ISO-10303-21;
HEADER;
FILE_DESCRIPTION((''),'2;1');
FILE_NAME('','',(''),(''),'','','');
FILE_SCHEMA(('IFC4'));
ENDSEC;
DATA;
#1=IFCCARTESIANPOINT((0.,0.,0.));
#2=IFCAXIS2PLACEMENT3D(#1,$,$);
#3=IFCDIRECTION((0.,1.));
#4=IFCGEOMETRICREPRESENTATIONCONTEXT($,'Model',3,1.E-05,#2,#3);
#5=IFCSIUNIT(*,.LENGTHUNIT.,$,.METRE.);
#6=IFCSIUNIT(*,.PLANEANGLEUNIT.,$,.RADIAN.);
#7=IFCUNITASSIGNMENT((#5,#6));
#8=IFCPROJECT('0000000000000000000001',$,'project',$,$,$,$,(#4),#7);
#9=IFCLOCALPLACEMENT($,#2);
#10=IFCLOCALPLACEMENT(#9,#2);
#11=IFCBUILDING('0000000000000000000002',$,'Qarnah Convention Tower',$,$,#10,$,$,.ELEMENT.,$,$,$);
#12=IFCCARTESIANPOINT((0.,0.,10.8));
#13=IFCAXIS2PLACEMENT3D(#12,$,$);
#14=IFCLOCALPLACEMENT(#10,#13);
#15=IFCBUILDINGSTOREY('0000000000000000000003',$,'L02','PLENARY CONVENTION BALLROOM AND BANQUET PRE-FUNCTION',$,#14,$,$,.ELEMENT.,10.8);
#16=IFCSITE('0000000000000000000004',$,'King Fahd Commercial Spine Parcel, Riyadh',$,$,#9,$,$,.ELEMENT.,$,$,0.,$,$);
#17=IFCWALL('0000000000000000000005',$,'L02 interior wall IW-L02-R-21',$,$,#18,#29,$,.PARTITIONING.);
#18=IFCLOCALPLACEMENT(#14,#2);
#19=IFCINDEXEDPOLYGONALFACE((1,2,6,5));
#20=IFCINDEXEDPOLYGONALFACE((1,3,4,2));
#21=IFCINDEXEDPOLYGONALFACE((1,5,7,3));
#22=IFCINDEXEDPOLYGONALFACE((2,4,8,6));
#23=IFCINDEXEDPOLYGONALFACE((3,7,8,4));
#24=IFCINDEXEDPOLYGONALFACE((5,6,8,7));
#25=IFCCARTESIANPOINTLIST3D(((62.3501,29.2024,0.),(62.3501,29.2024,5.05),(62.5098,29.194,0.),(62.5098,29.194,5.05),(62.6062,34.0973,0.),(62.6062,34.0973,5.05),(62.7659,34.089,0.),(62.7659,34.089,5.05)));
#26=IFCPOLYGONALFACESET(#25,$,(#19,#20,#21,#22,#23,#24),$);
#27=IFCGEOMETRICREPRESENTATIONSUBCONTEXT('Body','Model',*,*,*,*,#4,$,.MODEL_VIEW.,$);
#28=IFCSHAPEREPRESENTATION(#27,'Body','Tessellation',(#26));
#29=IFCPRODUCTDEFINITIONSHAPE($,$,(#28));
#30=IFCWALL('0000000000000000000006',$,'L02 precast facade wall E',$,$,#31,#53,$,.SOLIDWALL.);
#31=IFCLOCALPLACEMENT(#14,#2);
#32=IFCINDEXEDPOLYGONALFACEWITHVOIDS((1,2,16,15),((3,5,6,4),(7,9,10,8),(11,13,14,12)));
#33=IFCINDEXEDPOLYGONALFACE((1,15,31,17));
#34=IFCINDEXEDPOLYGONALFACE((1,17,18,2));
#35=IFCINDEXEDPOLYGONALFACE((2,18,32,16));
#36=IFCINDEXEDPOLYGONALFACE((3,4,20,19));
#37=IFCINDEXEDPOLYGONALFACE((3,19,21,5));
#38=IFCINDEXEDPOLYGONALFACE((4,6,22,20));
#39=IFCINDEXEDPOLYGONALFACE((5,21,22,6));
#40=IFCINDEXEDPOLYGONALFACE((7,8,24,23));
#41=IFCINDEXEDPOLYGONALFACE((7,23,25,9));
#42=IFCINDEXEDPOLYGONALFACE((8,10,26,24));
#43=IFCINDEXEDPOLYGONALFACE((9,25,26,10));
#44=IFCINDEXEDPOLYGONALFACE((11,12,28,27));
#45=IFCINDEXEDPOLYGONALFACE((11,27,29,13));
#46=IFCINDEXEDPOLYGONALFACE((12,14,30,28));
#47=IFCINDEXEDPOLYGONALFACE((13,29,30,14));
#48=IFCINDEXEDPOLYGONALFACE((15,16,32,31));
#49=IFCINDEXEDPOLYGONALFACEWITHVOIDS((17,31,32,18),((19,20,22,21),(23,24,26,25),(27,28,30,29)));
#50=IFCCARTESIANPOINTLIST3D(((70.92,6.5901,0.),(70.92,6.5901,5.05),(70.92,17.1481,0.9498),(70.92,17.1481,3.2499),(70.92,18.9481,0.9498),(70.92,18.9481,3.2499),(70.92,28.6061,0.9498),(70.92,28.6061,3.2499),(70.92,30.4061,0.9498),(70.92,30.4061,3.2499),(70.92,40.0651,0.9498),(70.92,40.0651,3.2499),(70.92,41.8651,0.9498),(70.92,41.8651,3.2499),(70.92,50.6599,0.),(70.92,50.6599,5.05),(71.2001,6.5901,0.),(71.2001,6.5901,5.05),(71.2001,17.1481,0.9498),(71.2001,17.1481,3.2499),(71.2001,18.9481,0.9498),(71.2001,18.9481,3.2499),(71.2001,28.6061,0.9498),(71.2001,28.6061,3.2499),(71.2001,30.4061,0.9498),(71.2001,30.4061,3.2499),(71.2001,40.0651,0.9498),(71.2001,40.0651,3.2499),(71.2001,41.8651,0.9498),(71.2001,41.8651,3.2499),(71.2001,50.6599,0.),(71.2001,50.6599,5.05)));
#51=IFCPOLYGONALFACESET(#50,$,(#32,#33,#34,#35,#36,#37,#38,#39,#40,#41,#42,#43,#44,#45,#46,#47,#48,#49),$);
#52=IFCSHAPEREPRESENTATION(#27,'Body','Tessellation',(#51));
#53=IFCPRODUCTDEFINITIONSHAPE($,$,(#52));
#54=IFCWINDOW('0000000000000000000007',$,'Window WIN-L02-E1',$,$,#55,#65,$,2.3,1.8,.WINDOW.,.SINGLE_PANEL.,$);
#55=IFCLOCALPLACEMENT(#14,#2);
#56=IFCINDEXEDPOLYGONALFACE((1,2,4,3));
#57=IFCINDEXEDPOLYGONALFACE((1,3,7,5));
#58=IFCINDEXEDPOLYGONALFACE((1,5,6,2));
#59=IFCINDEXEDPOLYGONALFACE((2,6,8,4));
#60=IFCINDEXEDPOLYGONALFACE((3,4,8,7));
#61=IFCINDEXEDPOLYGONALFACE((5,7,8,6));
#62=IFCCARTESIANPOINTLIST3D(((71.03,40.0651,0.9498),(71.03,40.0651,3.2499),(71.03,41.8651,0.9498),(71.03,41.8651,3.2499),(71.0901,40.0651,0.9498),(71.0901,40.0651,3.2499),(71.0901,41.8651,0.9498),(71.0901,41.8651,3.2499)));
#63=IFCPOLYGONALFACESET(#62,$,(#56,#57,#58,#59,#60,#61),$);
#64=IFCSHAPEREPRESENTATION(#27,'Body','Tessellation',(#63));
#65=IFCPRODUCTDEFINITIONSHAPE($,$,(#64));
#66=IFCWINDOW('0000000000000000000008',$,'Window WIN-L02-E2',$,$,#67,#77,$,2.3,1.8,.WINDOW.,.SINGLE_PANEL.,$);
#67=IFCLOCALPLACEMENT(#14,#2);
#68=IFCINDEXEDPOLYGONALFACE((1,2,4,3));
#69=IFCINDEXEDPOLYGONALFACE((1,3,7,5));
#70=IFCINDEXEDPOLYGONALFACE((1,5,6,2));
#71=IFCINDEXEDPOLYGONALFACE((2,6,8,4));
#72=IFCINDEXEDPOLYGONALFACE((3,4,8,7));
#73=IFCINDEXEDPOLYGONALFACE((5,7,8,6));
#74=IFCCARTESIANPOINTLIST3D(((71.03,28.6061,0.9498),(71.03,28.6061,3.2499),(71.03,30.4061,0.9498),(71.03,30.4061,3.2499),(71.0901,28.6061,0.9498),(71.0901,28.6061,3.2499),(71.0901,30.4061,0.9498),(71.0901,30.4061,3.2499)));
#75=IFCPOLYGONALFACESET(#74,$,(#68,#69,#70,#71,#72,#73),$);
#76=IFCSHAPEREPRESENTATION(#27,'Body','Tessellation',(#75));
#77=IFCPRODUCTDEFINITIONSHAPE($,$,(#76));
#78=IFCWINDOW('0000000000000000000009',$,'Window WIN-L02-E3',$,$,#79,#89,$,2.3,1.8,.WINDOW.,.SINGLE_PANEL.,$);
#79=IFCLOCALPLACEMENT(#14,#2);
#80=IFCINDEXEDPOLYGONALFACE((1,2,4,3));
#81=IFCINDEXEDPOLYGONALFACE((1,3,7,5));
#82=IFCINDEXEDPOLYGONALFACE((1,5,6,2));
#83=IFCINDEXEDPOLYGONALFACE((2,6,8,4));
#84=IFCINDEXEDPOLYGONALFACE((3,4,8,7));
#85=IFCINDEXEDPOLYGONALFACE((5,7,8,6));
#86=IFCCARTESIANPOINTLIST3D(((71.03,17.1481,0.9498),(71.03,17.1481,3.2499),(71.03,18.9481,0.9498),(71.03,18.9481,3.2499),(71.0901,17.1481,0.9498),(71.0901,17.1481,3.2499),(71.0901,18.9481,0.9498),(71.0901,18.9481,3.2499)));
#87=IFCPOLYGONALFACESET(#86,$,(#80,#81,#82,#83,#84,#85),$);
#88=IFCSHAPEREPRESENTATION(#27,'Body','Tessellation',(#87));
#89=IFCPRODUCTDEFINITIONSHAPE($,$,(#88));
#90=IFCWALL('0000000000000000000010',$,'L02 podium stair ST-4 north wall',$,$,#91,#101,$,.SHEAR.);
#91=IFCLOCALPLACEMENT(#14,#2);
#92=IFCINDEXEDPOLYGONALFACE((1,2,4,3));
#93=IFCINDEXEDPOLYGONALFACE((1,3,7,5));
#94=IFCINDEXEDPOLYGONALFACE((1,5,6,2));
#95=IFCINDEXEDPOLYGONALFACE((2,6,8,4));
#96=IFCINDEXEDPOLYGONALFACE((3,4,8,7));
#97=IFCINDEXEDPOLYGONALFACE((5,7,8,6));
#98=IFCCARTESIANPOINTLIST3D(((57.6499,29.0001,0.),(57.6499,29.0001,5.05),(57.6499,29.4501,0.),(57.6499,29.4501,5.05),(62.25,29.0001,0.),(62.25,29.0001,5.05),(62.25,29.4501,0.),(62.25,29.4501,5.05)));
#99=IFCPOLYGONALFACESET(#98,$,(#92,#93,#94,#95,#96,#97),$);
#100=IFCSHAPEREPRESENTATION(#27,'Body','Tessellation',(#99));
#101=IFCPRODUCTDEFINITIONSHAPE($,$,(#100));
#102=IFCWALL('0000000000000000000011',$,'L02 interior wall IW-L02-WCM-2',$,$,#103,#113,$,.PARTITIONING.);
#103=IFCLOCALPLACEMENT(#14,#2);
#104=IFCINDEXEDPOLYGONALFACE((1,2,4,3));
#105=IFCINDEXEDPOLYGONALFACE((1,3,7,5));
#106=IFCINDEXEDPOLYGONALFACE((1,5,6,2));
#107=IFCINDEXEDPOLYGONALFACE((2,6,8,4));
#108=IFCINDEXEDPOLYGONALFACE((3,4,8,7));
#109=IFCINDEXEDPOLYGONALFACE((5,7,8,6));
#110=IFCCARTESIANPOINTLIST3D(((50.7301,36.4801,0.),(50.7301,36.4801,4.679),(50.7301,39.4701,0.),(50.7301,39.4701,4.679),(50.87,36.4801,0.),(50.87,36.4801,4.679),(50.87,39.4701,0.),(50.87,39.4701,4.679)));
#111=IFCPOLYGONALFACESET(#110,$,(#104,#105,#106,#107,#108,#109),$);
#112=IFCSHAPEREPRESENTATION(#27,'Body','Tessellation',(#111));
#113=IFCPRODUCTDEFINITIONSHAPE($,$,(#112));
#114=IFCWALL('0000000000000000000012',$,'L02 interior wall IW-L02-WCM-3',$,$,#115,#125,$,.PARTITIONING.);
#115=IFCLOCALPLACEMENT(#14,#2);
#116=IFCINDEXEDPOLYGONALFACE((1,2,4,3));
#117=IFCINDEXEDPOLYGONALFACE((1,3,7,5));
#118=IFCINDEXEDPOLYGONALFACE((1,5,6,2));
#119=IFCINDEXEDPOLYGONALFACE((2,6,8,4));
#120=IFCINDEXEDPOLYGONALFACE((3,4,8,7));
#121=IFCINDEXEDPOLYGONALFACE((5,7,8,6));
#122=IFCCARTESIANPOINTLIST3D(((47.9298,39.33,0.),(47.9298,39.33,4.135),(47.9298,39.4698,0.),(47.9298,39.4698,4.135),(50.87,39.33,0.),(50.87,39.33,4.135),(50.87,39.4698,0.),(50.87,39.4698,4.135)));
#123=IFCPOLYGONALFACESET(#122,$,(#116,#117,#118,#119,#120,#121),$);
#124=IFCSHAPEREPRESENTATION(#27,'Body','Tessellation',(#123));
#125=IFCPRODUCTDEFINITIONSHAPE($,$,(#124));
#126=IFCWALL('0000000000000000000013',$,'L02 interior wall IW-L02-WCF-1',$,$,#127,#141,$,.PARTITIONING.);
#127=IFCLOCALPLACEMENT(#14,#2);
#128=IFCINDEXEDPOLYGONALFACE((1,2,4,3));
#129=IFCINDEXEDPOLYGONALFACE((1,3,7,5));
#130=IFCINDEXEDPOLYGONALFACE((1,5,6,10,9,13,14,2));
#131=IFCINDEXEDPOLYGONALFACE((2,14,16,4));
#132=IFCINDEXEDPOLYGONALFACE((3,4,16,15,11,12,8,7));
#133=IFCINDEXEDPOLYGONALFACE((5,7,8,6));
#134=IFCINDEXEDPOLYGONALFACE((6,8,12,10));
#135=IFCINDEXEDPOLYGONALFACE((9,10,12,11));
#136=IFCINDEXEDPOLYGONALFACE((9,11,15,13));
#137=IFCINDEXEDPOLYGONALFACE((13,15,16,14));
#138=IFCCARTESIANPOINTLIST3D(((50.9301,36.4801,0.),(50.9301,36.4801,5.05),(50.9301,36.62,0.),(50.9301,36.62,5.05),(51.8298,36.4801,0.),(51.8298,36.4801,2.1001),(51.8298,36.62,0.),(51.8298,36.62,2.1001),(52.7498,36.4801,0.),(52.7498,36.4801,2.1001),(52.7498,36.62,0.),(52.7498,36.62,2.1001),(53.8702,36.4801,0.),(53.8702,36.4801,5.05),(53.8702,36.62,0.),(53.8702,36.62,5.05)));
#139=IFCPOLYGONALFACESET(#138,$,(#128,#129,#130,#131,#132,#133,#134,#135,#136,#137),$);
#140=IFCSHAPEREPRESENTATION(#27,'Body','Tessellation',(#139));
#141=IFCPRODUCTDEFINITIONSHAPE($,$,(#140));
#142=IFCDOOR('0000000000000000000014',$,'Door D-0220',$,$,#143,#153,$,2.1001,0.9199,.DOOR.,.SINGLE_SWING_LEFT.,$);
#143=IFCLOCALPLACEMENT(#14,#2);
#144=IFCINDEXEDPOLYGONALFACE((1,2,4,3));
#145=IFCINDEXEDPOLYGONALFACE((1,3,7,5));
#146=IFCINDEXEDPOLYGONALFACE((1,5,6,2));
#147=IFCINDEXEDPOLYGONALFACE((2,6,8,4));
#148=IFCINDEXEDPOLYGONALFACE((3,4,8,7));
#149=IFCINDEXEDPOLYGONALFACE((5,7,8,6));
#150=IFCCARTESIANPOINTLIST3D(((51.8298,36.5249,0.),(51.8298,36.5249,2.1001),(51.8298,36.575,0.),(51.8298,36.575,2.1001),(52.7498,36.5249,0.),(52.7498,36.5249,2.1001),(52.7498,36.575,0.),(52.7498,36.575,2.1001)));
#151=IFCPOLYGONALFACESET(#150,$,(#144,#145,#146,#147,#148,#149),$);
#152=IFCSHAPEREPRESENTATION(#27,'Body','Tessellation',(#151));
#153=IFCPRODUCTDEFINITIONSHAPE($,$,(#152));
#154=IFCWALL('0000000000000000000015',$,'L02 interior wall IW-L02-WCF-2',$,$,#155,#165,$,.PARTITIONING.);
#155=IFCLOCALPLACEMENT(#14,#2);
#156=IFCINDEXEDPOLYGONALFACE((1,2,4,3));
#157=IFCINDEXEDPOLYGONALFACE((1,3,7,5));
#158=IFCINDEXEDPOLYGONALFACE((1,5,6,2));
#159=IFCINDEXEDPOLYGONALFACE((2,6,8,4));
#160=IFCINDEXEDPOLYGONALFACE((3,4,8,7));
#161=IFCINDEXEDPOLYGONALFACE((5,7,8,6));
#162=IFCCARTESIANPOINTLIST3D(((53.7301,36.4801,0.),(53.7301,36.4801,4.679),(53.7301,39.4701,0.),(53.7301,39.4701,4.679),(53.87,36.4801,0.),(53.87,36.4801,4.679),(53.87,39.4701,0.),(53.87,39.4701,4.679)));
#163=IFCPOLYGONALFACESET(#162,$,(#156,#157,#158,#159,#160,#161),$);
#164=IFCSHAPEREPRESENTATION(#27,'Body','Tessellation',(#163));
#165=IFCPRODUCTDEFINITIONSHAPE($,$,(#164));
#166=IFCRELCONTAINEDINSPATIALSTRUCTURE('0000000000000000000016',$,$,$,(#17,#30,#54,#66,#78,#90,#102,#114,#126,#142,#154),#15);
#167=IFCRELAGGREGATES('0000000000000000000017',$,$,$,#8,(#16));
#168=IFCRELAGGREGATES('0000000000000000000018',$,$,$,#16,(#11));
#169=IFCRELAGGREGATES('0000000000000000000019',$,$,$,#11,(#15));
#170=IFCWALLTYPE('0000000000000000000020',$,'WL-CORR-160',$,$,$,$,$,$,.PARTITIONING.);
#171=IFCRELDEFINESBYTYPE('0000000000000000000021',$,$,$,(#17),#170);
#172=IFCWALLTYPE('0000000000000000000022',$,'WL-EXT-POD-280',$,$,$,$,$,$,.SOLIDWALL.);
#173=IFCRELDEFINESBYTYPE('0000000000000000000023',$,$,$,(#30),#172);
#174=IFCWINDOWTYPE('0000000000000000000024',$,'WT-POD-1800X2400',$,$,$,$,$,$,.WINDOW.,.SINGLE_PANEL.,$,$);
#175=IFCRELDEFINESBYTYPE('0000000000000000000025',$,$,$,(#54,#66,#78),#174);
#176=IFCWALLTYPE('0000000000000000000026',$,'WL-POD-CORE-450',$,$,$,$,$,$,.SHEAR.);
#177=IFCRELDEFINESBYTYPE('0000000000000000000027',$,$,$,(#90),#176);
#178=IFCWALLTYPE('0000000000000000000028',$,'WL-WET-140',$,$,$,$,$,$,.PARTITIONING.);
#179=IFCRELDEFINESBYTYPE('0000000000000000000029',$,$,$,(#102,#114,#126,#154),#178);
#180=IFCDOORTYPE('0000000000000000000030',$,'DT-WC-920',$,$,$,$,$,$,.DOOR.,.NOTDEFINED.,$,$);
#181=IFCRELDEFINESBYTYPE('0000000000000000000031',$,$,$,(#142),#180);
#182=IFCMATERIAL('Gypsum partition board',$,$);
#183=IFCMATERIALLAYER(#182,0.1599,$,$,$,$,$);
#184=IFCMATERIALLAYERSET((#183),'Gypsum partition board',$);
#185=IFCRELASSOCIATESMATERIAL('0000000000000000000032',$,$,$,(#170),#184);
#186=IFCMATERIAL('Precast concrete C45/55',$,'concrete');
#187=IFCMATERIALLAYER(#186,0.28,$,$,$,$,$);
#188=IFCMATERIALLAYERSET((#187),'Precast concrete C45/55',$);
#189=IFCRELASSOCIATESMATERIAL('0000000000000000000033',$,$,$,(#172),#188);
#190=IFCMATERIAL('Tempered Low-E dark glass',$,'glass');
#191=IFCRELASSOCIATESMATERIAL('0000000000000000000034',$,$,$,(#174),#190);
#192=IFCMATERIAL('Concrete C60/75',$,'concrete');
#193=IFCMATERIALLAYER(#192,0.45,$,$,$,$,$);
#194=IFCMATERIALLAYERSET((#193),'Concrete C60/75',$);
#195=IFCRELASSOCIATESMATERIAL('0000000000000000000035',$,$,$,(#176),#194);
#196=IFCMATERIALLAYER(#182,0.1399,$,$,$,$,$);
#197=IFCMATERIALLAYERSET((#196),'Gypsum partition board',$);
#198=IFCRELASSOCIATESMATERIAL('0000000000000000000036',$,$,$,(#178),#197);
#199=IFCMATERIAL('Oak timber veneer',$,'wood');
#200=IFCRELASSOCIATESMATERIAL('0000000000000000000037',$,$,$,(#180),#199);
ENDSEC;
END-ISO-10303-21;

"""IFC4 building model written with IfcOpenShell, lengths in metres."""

from ifc_helpers import new_model, si_unit, direction, frame, frame_2d, origin, place, context, subcontext, project, spatial, rectangle, extrude, material, layer, layer_set, type_object, element, fill, save


model = new_model("IFC4")

# Units and contexts
model_context = context("Model", 3, precision=1e-05, world=origin(), true_north=direction((0.0, 1.0)))
body_context = subcontext(model_context, "Body", "Model", "MODEL_VIEW")
ifc_project = project(units=[si_unit("LENGTHUNIT", "METRE"), si_unit("PLANEANGLEUNIT", "RADIAN")], contexts=[model_context])

# Site, building, storey
site_placement = place(None, origin())
site = spatial("IfcSite", under=ifc_project, at=site_placement, Name="King Fahd Commercial Spine Parcel, Riyadh", CompositionType="ELEMENT", RefElevation=0.0)
building_placement = place(site_placement, origin())
building = spatial("IfcBuilding", under=site, at=building_placement, Name="Qarnah Convention Tower", CompositionType="ELEMENT")
storey_placement = place(building_placement, frame((0.0, 0.0, 10.8)))
storey = spatial("IfcBuildingStorey", under=building, at=storey_placement, Name="L02", Description="PLENARY CONVENTION BALLROOM AND BANQUET PRE-FUNCTION", CompositionType="ELEMENT", Elevation=10.8)

# Shared definitions
ifc_material_1 = material(Name="Concrete C60/75", Category="concrete")
ifc_material_2 = material(Name="Precast concrete C45/55", Category="concrete")

# Shared definitions
ifc_material_3 = material(Name="Gypsum partition board")
ifc_layer_1 = layer(ifc_material_3, 0.1599)
ifc_layer_set_1 = layer_set([ifc_layer_1], Name="Gypsum partition board")
wall_type_1 = type_object("IfcWallType", Name="WL-CORR-160", PredefinedType="PARTITIONING", material=ifc_layer_set_1)
ifc_material_4 = material(Name="Oak timber veneer", Category="wood")

# Wall
wall_1_placement = place(storey_placement, frame((62.686, 34.093, 0.0), z_axis=(0.0, 0.0, 1.0), x_axis=(-0.052248, -0.998634, 0.0)))
element("IfcWall", 1, at=wall_1_placement, inside=storey, type_object=wall_type_1, Name="L02 interior wall IW-L02-R-21", PredefinedType="PARTITIONING", context=body_context, shape_type="SweptSolid", body=[
    extrude(rectangle(XDim=4.9016, YDim=0.1599, at=frame_2d((2.4507, 0.0))), origin(), (0.0, 0.0, 1.0), 5.05),
])

# Wall, openings, windows
ifc_layer_2 = layer(ifc_material_2, 0.28)
ifc_layer_set_2 = layer_set([ifc_layer_2], Name="Precast concrete C45/55")
wall_type_2 = type_object("IfcWallType", Name="WL-EXT-POD-280", PredefinedType="SOLIDWALL", material=ifc_layer_set_2)
wall_2_placement = place(storey_placement, frame((71.0601, 50.6599, 0.0), z_axis=(0.0, 0.0, 1.0), x_axis=(0.0, -1.0, 0.0)))
wall_2 = element("IfcWall", 2, at=wall_2_placement, inside=storey, type_object=wall_type_2, Name="L02 precast facade wall E", PredefinedType="SOLIDWALL", context=body_context, shape_type="SweptSolid", body=[
    extrude(rectangle(XDim=44.0698, YDim=0.28, at=frame_2d((22.0349, 0.0))), origin(), (0.0, 0.0, 1.0), 5.05),
])
opening_1_placement = place(wall_2_placement, frame((8.7949, 0.0, 0.95)))
opening_1 = element("IfcOpeningElement", 3, at=opening_1_placement, cuts=wall_2, PredefinedType="OPENING", context=body_context, shape_type="SweptSolid", body=[
    extrude(rectangle(XDim=1.8, YDim=2.3, at=frame_2d((0.8999, 1.1499))), frame((0.0, 0.1499, 0.0), z_axis=(0.0, -1.0, 0.0), x_axis=(1.0, 0.0, 0.0)), (0.0, 0.0, 1.0), 0.3),
])
opening_2_placement = place(wall_2_placement, frame((20.2539, 0.0, 0.95)))
opening_2 = element("IfcOpeningElement", 4, at=opening_2_placement, cuts=wall_2, PredefinedType="OPENING", context=body_context, shape_type="SweptSolid", body=[
    extrude(rectangle(XDim=1.8, YDim=2.3, at=frame_2d((0.8999, 1.1499))), frame((0.0, 0.1499, 0.0), z_axis=(0.0, -1.0, 0.0), x_axis=(1.0, 0.0, 0.0)), (0.0, 0.0, 1.0), 0.3),
])
opening_3_placement = place(wall_2_placement, frame((31.7119, 0.0, 0.95)))
opening_3 = element("IfcOpeningElement", 5, at=opening_3_placement, cuts=wall_2, PredefinedType="OPENING", context=body_context, shape_type="SweptSolid", body=[
    extrude(rectangle(XDim=1.8, YDim=2.3, at=frame_2d((0.8999, 1.1499))), frame((0.0, 0.1499, 0.0), z_axis=(0.0, -1.0, 0.0), x_axis=(1.0, 0.0, 0.0)), (0.0, 0.0, 1.0), 0.3),
])
ifc_material_5 = material(Name="Tempered Low-E dark glass", Category="glass")
window_type = type_object("IfcWindowType", Name="WT-POD-1800X2400", PartitioningType="SINGLE_PANEL", PredefinedType="WINDOW", material=ifc_material_5)
window_1_placement = place(opening_1_placement, origin())
window_1 = element("IfcWindow", 6, at=window_1_placement, inside=storey, type_object=window_type, Name="Window WIN-L02-E1", OverallHeight=2.3, OverallWidth=1.8, PartitioningType="SINGLE_PANEL", PredefinedType="WINDOW", context=body_context, shape_type="SweptSolid", body=[
    extrude(rectangle(XDim=1.8, YDim=2.3, at=frame_2d((0.8999, 1.1499))), frame((0.0, 0.03, 0.0), z_axis=(0.0, -1.0, 0.0), x_axis=(1.0, 0.0, 0.0)), (0.0, 0.0, 1.0), 0.0601),
])
fill(opening_1, window_1)
window_2_placement = place(opening_2_placement, origin())
window_2 = element("IfcWindow", 7, at=window_2_placement, inside=storey, type_object=window_type, Name="Window WIN-L02-E2", OverallHeight=2.3, OverallWidth=1.8, PartitioningType="SINGLE_PANEL", PredefinedType="WINDOW", context=body_context, shape_type="SweptSolid", body=[
    extrude(rectangle(XDim=1.8, YDim=2.3, at=frame_2d((0.8999, 1.1499))), frame((0.0, 0.03, 0.0), z_axis=(0.0, -1.0, 0.0), x_axis=(1.0, 0.0, 0.0)), (0.0, 0.0, 1.0), 0.0601),
])
fill(opening_2, window_2)
window_3_placement = place(opening_3_placement, origin())
window_3 = element("IfcWindow", 8, at=window_3_placement, inside=storey, type_object=window_type, Name="Window WIN-L02-E3", OverallHeight=2.3, OverallWidth=1.8, PartitioningType="SINGLE_PANEL", PredefinedType="WINDOW", context=body_context, shape_type="SweptSolid", body=[
    extrude(rectangle(XDim=1.8, YDim=2.3, at=frame_2d((0.8999, 1.1499))), frame((0.0, 0.03, 0.0), z_axis=(0.0, -1.0, 0.0), x_axis=(1.0, 0.0, 0.0)), (0.0, 0.0, 1.0), 0.0601),
])
fill(opening_3, window_3)

# Walls
ifc_layer_3 = layer(ifc_material_1, 0.45)
ifc_layer_set_3 = layer_set([ifc_layer_3], Name="Concrete C60/75")
wall_type_3 = type_object("IfcWallType", Name="WL-POD-CORE-450", PredefinedType="SHEAR", material=ifc_layer_set_3)
wall_3_placement = place(storey_placement, frame((57.6499, 29.2251, 0.0), z_axis=(0.0, 0.0, 1.0), x_axis=(1.0, 0.0, 0.0)))
element("IfcWall", 9, at=wall_3_placement, inside=storey, type_object=wall_type_3, Name="L02 podium stair ST-4 north wall", PredefinedType="SHEAR", context=body_context, shape_type="SweptSolid", body=[
    extrude(rectangle(XDim=4.6001, YDim=0.45, at=frame_2d((2.3, 0.0))), origin(), (0.0, 0.0, 1.0), 5.05),
])
ifc_layer_4 = layer(ifc_material_3, 0.1399)
ifc_layer_set_4 = layer_set([ifc_layer_4], Name="Gypsum partition board")
wall_type_4 = type_object("IfcWallType", Name="WL-WET-140", PredefinedType="PARTITIONING", material=ifc_layer_set_4)
wall_4_placement = place(storey_placement, frame((50.8, 36.48, 0.0), z_axis=(0.0, 0.0, 1.0), x_axis=(0.0, 1.0, 0.0)))
element("IfcWall", 10, at=wall_4_placement, inside=storey, type_object=wall_type_4, Name="L02 interior wall IW-L02-WCM-2", PredefinedType="PARTITIONING", context=body_context, shape_type="SweptSolid", body=[
    extrude(rectangle(XDim=2.99, YDim=0.1399, at=frame_2d((1.4951, 0.0))), origin(), (0.0, 0.0, 1.0), 4.679),
])
wall_5_placement = place(storey_placement, frame((50.8701, 39.3999, 0.0), z_axis=(0.0, 0.0, 1.0), x_axis=(-1.0, 0.0, 0.0)))
element("IfcWall", 11, at=wall_5_placement, inside=storey, type_object=wall_type_4, Name="L02 interior wall IW-L02-WCM-3", PredefinedType="PARTITIONING", context=body_context, shape_type="SweptSolid", body=[
    extrude(rectangle(XDim=2.9402, YDim=0.1399, at=frame_2d((1.4702, 0.0))), origin(), (0.0, 0.0, 1.0), 4.135),
])

# Wall, opening, door
wall_6_placement = place(storey_placement, frame((50.9299, 36.55, 0.0), z_axis=(0.0, 0.0, 1.0), x_axis=(1.0, 0.0, 0.0)))
wall_6 = element("IfcWall", 12, at=wall_6_placement, inside=storey, type_object=wall_type_4, Name="L02 interior wall IW-L02-WCF-1", PredefinedType="PARTITIONING", context=body_context, shape_type="SweptSolid", body=[
    extrude(rectangle(XDim=2.9402, YDim=0.1399, at=frame_2d((1.4702, 0.0))), origin(), (0.0, 0.0, 1.0), 5.05),
])
opening_4_placement = place(wall_6_placement, frame((0.8999, 0.0, 0.0)))
opening_4 = element("IfcOpeningElement", 13, at=opening_4_placement, cuts=wall_6, PredefinedType="OPENING", context=body_context, shape_type="SweptSolid", body=[
    extrude(rectangle(XDim=0.9199, YDim=2.1001, at=frame_2d((0.46, 1.05))), frame((0.0, 0.0798, 0.0), z_axis=(0.0, -1.0, 0.0), x_axis=(1.0, 0.0, 0.0)), (0.0, 0.0, 1.0), 0.1599),
])
door_type_1 = type_object("IfcDoorType", Name="DT-WC-920", OperationType="NOTDEFINED", PredefinedType="DOOR", material=ifc_material_4)
door_1_placement = place(opening_4_placement, origin())
door_1 = element("IfcDoor", 14, at=door_1_placement, inside=storey, type_object=door_type_1, Name="Door D-0220", OperationType="SINGLE_SWING_LEFT", OverallHeight=2.1001, OverallWidth=0.9199, PredefinedType="DOOR", context=body_context, shape_type="SweptSolid", body=[
    extrude(rectangle(XDim=0.9199, YDim=2.1001, at=frame_2d((0.46, 1.05))), frame((0.0, 0.0249, 0.0), z_axis=(0.0, -1.0, 0.0), x_axis=(1.0, 0.0, 0.0)), (0.0, 0.0, 1.0), 0.05),
])
fill(opening_4, door_1)

# Wall
wall_7_placement = place(storey_placement, frame((53.8, 36.48, 0.0), z_axis=(0.0, 0.0, 1.0), x_axis=(0.0, 1.0, 0.0)))
element("IfcWall", 15, at=wall_7_placement, inside=storey, type_object=wall_type_4, Name="L02 interior wall IW-L02-WCF-2", PredefinedType="PARTITIONING", context=body_context, shape_type="SweptSolid", body=[
    extrude(rectangle(XDim=2.99, YDim=0.1399, at=frame_2d((1.4951, 0.0))), origin(), (0.0, 0.0, 1.0), 4.679),
])

save(model, "model.ifc")
